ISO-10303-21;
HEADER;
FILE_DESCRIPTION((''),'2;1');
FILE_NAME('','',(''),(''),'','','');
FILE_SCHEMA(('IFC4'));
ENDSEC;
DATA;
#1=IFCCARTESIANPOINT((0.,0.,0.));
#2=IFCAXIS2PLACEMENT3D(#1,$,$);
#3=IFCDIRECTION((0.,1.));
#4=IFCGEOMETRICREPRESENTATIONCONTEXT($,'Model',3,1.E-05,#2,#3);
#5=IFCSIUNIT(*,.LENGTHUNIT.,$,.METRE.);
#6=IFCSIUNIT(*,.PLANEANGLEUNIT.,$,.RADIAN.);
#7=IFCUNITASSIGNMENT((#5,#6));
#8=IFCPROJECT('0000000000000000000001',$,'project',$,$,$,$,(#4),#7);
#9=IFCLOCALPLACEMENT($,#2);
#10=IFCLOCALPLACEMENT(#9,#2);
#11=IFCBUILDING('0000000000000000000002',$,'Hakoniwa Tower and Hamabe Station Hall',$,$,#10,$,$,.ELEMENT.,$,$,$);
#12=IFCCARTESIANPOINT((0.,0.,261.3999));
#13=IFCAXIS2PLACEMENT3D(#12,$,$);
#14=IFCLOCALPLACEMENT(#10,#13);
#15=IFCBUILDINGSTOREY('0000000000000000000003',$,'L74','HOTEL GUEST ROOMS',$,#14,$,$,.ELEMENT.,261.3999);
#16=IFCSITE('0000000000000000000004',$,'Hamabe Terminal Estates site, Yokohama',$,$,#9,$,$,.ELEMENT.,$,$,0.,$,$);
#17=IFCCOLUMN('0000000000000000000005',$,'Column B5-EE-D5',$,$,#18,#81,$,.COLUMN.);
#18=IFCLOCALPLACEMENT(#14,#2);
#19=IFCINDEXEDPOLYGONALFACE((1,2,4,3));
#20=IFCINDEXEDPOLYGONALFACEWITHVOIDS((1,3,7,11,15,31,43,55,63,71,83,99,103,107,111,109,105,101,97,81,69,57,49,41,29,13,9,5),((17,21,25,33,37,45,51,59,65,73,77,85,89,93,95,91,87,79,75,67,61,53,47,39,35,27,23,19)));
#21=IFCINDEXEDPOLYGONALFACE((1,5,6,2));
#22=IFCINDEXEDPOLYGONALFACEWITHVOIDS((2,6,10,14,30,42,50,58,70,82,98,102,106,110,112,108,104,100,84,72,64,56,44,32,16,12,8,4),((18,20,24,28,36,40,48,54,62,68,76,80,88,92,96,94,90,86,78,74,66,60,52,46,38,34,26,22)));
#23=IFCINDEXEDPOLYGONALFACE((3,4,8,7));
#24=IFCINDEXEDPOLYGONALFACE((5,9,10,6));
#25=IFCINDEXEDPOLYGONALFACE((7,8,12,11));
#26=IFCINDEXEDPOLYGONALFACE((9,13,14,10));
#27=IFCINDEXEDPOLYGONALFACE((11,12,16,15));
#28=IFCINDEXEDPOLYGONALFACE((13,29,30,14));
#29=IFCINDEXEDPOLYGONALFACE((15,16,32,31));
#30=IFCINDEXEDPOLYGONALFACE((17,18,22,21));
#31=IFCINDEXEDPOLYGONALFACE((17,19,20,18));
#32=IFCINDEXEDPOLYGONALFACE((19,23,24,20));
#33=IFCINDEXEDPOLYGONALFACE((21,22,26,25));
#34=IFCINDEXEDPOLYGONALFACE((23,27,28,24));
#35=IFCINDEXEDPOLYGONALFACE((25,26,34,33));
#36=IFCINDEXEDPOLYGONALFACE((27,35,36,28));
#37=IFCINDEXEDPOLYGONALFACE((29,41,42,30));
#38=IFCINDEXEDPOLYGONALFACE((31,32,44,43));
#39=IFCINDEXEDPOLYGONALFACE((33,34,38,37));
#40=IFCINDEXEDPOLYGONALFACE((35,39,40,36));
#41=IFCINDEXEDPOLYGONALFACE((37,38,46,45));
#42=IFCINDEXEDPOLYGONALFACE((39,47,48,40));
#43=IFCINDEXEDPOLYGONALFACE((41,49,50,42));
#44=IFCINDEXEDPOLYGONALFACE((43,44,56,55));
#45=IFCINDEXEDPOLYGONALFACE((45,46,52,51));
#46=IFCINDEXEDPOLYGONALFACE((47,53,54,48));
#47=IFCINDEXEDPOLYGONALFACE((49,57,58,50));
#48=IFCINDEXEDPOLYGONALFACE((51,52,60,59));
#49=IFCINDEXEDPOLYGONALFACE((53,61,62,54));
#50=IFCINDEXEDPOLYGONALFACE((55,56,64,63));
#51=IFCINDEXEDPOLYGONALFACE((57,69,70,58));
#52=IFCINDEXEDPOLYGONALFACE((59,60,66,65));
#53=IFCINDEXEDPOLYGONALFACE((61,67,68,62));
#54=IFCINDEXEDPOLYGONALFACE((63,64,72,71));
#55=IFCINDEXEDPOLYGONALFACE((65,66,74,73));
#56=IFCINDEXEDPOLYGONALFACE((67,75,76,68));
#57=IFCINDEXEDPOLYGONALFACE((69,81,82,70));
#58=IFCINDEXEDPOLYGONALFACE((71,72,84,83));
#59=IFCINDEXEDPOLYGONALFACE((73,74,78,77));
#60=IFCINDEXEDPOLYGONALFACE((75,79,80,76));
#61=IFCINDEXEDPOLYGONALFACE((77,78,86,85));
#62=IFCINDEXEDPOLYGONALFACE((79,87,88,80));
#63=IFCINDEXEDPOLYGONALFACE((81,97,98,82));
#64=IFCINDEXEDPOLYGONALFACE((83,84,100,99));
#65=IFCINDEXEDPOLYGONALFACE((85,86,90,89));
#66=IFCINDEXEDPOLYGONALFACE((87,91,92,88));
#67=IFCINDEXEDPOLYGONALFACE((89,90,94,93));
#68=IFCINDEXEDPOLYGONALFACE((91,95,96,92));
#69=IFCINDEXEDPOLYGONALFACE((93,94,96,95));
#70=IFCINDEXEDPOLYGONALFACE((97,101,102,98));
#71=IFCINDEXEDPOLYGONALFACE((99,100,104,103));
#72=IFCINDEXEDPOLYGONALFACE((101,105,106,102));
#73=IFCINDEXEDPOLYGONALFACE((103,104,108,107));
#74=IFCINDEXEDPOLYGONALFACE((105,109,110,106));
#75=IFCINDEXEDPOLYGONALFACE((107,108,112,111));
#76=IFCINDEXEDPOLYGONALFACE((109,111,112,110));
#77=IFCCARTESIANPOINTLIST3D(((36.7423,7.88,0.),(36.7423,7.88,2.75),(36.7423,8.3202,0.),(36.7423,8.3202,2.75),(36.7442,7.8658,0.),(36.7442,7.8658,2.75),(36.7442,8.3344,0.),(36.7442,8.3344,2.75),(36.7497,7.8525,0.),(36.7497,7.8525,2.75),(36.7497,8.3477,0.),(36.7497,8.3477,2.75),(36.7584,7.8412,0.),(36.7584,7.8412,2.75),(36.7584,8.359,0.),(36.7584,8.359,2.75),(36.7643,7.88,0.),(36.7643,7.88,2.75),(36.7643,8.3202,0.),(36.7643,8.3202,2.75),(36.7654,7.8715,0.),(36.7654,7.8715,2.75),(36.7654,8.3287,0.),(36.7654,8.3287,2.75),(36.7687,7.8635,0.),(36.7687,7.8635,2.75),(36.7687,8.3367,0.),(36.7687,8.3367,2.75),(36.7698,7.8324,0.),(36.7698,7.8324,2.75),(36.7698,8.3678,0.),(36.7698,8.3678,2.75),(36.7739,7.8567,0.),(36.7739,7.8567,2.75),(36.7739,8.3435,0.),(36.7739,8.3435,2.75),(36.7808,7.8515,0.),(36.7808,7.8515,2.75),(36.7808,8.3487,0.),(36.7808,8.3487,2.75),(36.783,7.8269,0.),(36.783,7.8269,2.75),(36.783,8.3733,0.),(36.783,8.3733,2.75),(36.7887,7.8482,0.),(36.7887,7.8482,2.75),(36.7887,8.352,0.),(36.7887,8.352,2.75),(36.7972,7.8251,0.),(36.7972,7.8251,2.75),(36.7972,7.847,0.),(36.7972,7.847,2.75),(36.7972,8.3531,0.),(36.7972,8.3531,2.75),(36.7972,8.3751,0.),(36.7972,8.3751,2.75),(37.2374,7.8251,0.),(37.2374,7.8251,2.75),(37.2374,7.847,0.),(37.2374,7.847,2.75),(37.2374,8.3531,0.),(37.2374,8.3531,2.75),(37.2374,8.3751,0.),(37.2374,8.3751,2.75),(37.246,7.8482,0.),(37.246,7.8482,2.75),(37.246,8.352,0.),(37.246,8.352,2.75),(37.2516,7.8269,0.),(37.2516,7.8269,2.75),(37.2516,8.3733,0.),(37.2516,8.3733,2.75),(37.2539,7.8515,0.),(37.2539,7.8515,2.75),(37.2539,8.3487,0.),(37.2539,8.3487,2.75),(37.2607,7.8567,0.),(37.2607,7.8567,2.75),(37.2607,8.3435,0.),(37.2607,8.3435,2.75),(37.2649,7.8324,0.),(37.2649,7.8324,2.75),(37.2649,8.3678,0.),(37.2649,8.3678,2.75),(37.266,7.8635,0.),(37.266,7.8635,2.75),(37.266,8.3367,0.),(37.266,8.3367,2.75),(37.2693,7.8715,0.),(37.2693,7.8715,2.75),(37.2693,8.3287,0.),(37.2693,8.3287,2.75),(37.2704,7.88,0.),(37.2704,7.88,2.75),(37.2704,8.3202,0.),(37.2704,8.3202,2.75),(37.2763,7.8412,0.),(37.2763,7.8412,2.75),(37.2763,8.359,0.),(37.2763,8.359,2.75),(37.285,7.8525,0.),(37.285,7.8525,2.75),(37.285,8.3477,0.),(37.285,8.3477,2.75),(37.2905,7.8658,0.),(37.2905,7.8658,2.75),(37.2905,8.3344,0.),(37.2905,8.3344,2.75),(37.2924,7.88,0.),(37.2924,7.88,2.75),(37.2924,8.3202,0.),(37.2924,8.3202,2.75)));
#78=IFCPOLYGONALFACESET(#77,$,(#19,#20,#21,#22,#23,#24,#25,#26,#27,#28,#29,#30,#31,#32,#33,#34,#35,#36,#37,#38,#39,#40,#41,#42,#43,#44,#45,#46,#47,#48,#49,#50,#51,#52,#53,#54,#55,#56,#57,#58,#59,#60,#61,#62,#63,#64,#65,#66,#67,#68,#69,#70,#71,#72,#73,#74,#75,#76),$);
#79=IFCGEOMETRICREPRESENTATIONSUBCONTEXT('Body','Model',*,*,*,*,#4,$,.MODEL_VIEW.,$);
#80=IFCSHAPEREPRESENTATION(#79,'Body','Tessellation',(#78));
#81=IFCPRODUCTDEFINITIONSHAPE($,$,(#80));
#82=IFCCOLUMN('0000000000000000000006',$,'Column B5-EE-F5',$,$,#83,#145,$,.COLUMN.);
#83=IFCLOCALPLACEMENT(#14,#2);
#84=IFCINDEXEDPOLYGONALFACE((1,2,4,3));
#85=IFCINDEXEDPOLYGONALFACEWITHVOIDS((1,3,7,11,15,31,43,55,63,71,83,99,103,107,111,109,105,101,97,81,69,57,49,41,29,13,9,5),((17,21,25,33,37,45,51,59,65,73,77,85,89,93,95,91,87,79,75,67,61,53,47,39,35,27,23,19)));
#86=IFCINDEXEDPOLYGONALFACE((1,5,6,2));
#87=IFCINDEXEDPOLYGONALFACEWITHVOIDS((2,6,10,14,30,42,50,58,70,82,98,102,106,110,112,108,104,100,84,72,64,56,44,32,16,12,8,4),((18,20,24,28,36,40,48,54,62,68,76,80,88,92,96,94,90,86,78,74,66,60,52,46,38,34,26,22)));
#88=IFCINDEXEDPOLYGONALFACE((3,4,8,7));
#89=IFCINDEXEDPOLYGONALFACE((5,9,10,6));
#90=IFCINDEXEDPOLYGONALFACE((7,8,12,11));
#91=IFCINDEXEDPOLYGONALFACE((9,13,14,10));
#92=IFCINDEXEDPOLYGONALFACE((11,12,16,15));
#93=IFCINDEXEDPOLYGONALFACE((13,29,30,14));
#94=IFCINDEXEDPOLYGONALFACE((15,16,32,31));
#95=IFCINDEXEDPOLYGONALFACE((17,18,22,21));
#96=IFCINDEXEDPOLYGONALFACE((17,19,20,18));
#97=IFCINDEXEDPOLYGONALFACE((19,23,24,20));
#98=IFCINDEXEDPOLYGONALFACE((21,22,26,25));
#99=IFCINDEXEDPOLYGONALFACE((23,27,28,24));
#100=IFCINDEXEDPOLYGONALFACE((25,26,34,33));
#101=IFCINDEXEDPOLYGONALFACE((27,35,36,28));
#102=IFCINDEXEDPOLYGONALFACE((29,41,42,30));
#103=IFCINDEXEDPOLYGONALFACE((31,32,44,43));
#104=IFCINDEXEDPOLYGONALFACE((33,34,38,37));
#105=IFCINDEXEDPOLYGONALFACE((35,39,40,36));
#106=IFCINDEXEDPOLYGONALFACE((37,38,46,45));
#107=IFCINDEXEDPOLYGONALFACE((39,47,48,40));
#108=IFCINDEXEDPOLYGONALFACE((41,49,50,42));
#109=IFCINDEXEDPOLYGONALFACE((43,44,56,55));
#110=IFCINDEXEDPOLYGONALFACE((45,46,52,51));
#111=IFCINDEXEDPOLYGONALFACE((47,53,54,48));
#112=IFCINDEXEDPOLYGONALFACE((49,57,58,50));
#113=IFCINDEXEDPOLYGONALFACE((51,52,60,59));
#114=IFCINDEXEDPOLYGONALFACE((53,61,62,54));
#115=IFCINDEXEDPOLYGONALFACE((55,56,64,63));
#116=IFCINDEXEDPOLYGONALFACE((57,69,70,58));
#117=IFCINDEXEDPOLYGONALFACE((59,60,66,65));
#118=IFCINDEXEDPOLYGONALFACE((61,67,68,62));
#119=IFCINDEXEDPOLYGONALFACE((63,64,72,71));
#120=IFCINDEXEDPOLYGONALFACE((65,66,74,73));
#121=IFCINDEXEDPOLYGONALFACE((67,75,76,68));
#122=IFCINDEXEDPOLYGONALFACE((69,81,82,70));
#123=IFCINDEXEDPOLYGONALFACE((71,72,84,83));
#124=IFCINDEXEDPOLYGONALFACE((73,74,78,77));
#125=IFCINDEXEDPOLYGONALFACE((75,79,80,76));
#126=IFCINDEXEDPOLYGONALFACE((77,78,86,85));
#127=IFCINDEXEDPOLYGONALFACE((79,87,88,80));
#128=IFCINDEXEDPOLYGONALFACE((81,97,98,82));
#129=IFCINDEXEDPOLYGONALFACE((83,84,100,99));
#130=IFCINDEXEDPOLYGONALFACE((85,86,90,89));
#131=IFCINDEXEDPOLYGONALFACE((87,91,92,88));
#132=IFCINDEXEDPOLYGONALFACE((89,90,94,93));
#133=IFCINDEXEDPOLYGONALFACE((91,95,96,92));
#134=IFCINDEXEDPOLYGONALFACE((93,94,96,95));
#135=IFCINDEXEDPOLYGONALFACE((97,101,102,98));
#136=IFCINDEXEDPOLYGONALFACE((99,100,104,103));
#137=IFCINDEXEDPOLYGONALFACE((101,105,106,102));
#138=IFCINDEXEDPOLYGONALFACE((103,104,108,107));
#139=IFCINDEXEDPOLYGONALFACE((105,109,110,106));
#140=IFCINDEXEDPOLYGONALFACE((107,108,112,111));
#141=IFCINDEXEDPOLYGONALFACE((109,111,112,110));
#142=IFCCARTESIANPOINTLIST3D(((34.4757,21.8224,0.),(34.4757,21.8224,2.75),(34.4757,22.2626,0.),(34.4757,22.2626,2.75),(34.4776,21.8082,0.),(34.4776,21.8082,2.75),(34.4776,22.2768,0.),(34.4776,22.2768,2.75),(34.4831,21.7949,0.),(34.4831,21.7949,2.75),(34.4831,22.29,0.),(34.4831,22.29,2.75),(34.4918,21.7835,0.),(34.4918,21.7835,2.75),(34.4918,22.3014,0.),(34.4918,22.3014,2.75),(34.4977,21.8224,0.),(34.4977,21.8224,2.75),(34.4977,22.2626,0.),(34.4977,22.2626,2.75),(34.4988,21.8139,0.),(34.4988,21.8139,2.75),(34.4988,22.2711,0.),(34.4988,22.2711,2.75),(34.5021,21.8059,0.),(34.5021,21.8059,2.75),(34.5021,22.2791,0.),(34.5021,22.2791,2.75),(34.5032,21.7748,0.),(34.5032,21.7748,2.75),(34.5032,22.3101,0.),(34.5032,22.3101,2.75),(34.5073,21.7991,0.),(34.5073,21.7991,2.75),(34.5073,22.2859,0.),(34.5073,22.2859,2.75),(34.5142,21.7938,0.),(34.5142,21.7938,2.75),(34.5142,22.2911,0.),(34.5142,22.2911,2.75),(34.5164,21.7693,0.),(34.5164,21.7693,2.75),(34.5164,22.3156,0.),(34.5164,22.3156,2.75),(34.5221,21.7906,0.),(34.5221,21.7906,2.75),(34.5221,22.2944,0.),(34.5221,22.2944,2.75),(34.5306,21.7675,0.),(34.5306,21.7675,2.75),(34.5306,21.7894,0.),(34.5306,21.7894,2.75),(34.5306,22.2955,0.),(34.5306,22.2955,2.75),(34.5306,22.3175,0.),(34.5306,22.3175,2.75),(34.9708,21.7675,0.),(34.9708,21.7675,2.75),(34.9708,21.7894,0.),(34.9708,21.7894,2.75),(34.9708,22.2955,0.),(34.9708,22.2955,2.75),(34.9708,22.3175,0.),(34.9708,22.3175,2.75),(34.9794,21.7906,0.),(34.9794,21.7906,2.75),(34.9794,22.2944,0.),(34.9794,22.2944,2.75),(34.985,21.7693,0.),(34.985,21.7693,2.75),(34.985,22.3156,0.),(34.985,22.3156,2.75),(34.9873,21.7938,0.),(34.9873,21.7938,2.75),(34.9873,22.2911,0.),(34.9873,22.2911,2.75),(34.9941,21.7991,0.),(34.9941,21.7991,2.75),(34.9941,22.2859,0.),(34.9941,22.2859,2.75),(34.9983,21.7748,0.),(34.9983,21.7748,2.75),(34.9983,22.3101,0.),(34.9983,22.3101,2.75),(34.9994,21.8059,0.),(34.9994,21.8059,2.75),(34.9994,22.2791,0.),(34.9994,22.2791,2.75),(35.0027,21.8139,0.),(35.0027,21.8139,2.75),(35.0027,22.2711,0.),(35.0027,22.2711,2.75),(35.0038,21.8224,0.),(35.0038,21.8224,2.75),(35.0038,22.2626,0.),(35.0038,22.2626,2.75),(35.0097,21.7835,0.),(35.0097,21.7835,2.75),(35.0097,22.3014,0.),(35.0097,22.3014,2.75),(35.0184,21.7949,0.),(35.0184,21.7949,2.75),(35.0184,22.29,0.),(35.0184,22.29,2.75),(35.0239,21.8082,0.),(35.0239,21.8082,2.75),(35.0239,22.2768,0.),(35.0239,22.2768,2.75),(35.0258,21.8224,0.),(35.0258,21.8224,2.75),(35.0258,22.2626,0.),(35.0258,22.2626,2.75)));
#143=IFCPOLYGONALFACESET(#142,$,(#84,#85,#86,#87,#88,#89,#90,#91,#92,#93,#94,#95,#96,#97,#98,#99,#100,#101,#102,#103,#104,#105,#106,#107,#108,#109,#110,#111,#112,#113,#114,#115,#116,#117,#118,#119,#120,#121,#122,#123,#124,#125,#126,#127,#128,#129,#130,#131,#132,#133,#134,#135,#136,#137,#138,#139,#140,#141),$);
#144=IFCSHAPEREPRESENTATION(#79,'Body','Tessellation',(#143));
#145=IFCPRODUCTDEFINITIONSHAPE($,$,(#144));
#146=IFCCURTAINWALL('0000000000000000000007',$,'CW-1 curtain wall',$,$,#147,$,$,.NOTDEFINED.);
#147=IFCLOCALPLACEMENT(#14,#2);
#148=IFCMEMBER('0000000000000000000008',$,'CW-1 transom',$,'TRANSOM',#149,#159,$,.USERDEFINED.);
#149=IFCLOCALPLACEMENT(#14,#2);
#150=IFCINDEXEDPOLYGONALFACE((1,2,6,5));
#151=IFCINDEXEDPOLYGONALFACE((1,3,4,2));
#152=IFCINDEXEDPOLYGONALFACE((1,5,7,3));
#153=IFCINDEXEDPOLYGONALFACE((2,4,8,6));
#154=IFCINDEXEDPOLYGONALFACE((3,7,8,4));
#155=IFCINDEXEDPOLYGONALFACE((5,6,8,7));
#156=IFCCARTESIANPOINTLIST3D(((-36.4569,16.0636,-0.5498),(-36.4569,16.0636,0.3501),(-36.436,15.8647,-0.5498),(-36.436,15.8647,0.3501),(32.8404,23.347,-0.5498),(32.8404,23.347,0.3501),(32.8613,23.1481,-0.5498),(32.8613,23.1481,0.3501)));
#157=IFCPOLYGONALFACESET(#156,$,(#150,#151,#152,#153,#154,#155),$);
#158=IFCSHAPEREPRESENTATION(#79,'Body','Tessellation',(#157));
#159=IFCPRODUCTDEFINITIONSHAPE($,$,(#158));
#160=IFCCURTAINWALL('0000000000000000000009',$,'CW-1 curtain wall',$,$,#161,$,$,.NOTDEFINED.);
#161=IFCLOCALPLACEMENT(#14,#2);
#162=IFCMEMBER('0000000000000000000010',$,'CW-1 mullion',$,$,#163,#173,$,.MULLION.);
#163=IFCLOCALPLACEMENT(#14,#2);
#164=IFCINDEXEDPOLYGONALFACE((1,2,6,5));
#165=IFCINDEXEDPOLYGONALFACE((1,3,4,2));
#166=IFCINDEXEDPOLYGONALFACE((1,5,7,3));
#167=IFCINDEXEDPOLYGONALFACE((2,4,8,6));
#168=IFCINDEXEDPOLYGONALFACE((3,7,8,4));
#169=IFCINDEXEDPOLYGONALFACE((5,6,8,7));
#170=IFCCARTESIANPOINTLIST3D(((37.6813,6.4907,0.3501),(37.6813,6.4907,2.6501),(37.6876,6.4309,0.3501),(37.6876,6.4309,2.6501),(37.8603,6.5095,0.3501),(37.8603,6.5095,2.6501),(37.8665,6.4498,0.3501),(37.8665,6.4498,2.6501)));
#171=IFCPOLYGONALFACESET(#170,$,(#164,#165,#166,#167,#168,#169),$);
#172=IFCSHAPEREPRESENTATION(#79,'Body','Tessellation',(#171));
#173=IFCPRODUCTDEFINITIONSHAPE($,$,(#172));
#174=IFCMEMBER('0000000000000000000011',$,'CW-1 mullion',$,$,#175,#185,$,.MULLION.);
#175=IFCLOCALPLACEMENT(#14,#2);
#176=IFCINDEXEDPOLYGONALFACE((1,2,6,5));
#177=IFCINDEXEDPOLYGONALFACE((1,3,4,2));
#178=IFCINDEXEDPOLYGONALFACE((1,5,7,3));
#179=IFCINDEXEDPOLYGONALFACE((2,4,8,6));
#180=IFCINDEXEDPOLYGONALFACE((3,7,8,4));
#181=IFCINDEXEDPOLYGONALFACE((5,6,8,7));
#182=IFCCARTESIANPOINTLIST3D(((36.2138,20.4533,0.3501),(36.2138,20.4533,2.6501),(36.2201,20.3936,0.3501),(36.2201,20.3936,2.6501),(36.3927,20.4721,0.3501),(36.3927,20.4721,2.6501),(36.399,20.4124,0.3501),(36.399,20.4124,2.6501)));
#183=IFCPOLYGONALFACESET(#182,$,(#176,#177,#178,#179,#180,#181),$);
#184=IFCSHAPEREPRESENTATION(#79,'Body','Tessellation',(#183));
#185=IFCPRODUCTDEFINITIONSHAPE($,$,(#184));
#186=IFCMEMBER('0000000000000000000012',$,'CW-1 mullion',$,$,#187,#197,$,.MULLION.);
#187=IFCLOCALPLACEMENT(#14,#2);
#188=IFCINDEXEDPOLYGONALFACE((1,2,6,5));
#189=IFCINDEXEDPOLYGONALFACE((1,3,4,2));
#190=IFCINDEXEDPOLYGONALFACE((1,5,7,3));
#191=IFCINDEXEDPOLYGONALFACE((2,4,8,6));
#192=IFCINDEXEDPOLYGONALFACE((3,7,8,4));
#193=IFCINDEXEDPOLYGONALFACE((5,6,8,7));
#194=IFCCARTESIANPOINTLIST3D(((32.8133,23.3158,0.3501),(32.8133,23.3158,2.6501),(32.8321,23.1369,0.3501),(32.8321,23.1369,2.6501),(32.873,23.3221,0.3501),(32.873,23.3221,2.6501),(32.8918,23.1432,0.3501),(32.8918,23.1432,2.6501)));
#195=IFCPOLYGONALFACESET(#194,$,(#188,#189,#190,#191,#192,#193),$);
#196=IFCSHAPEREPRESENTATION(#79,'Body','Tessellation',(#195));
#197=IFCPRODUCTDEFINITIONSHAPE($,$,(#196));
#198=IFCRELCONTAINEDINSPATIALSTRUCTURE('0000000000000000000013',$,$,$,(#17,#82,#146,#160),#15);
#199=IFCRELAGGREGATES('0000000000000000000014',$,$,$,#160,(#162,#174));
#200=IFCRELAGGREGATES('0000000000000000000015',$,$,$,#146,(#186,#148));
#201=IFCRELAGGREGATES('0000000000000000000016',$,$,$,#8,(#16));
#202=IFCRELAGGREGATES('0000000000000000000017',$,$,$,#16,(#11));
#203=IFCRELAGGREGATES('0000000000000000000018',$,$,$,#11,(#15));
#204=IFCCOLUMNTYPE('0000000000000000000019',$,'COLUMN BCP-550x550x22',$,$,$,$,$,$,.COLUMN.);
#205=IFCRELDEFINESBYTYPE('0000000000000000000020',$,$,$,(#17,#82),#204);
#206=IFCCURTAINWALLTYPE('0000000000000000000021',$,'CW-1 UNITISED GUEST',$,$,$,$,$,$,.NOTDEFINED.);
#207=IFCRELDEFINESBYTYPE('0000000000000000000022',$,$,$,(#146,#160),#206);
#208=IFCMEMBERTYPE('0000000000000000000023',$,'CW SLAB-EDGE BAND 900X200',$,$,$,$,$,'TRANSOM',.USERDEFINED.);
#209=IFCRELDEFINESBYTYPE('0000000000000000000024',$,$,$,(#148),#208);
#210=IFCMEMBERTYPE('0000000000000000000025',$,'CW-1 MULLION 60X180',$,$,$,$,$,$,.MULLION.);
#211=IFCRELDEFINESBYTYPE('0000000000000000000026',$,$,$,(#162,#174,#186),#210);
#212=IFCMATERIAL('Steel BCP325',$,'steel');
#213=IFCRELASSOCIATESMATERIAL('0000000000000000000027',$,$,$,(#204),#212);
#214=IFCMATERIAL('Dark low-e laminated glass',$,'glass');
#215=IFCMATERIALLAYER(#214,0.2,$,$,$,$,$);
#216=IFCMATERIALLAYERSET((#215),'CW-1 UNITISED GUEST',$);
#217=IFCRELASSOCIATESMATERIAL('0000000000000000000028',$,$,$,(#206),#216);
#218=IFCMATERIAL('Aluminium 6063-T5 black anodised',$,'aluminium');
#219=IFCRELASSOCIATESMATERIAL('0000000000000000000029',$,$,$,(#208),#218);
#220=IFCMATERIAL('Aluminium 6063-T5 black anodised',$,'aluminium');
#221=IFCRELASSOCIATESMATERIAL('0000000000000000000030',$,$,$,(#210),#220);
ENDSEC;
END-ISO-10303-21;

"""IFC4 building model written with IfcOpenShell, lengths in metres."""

from ifc_helpers import new_model, si_unit, direction, frame, origin, origin_2d, place, context, subcontext, project, spatial, rectangle, hollow_rectangle, extrude, material, layer, layer_set, material_profile, profile_set, type_object, element, aggregate, save


model = new_model("IFC4")

# Units and contexts
model_context = context("Model", 3, precision=1e-05, world=origin(), true_north=direction((0.0, 1.0)))
body_context = subcontext(model_context, "Body", "Model", "MODEL_VIEW")
ifc_project = project(units=[si_unit("LENGTHUNIT", "METRE"), si_unit("PLANEANGLEUNIT", "RADIAN")], contexts=[model_context])

# Site, building, storey
site_placement = place(None, origin())
site = spatial("IfcSite", under=ifc_project, at=site_placement, Name="Hamabe Terminal Estates site, Yokohama", CompositionType="ELEMENT", RefElevation=0.0)
building_placement = place(site_placement, origin())
building = spatial("IfcBuilding", under=site, at=building_placement, Name="Hakoniwa Tower and Hamabe Station Hall", CompositionType="ELEMENT")
storey_placement = place(building_placement, frame((0.0, 0.0, 261.3999)))
storey = spatial("IfcBuildingStorey", under=building, at=storey_placement, Name="L74", Description="HOTEL GUEST ROOMS", CompositionType="ELEMENT", Elevation=261.3999)

# Columns
ifc_material_1 = material(Name="Steel BCP325", Category="steel")
ifc_material_profile_1 = material_profile(ifc_material_1, hollow_rectangle(XDim=0.55, YDim=0.55, WallThickness=0.022, InnerFilletRadius=0.033, OuterFilletRadius=0.0549, at=origin_2d()), Name="BCP-550x550x22")
ifc_profile_set_1 = profile_set([ifc_material_profile_1], Name="Steel BCP325")
column_type = type_object("IfcColumnType", Name="COLUMN BCP-550x550x22", PredefinedType="COLUMN", material=ifc_profile_set_1)
for number, where, z_axis, x_axis, name in (
    (1, (37.0173, 8.1001, 0.0), (0.0, 0.0, 1.0), (1.0, 0.0, 0.0), "Column B5-EE-D5"),
    (2, (34.7507, 22.0425, 0.0), (0.0, 0.0, 1.0), (1.0, 0.0, 0.0), "Column B5-EE-F5"),
):
    element("IfcColumn", number, at=place(storey_placement, frame(where, z_axis=z_axis, x_axis=x_axis)), inside=storey, type_object=column_type, Name=name, PredefinedType="COLUMN", context=body_context, shape_type="SweptSolid", body=[
        extrude(hollow_rectangle(XDim=0.55, YDim=0.55, WallThickness=0.022, InnerFilletRadius=0.033, OuterFilletRadius=0.0549, at=origin_2d()), origin(), (0.0, 0.0, 1.0), 2.75),
    ])

# Curtain wall, member
ifc_material_2 = material(Name="Dark low-e laminated glass", Category="glass")
ifc_layer_1 = layer(ifc_material_2, 0.2)
ifc_layer_set_1 = layer_set([ifc_layer_1], Name="CW-1 UNITISED GUEST")
curtain_wall_type = type_object("IfcCurtainWallType", Name="CW-1 UNITISED GUEST", PredefinedType="NOTDEFINED", material=ifc_layer_set_1)
curtain_wall_1_placement = place(storey_placement, origin())
curtain_wall_1 = element("IfcCurtainWall", 3, at=curtain_wall_1_placement, inside=storey, type_object=curtain_wall_type, Name="CW-1 curtain wall", PredefinedType="NOTDEFINED")
ifc_material_3 = material(Name="Aluminium 6063-T5 black anodised", Category="aluminium")
ifc_material_profile_2 = material_profile(ifc_material_3, rectangle(XDim=0.2, YDim=0.8999, at=origin_2d()), Name="CW SLAB-EDGE BAND 900X200")
ifc_profile_set_2 = profile_set([ifc_material_profile_2], Name="Aluminium 6063-T5 black anodised")
member_type_1 = type_object("IfcMemberType", Name="CW SLAB-EDGE BAND 900X200", ElementType="TRANSOM", PredefinedType="USERDEFINED", material=ifc_profile_set_2)
member_1_placement = place(storey_placement, frame((32.8508, 23.2476, -0.0999), z_axis=(-0.994522, -0.104528, 0.0), x_axis=(0.104528, -0.994522, 0.0)))
member_1 = element("IfcMember", 4, at=member_1_placement, type_object=member_type_1, Name="CW-1 transom", ObjectType="TRANSOM", PredefinedType="USERDEFINED", context=body_context, shape_type="SweptSolid", body=[
    extrude(rectangle(XDim=0.2, YDim=0.8999, at=origin_2d()), origin(), (0.0, 0.0, 1.0), 69.679),
])

# Curtain wall, members
curtain_wall_2_placement = place(storey_placement, origin())
curtain_wall_2 = element("IfcCurtainWall", 5, at=curtain_wall_2_placement, inside=storey, type_object=curtain_wall_type, Name="CW-1 curtain wall", PredefinedType="NOTDEFINED")
ifc_material_4 = material(Name="Aluminium 6063-T5 black anodised", Category="aluminium")
ifc_material_profile_3 = material_profile(ifc_material_4, rectangle(XDim=0.0601, YDim=0.1799, at=origin_2d()), Name="CW-1 MULLION 60X180")
ifc_profile_set_3 = profile_set([ifc_material_profile_3], Name="Aluminium 6063-T5 black anodised")
member_type_2 = type_object("IfcMemberType", Name="CW-1 MULLION 60X180", PredefinedType="MULLION", material=ifc_profile_set_3)
member_2_placement = place(storey_placement, frame((37.7739, 6.4702, 0.3501), z_axis=(0.0, 0.0, 1.0), x_axis=(-0.104528, 0.994522, 0.0)))
member_2 = element("IfcMember", 6, at=member_2_placement, type_object=member_type_2, Name="CW-1 mullion", PredefinedType="MULLION", context=body_context, shape_type="SweptSolid", body=[
    extrude(rectangle(XDim=0.0601, YDim=0.1799, at=origin_2d()), origin(), (0.0, 0.0, 1.0), 2.3),
])
member_3_placement = place(storey_placement, frame((36.3064, 20.4329, 0.3501), z_axis=(0.0, 0.0, 1.0), x_axis=(-0.104528, 0.994522, 0.0)))
member_3 = element("IfcMember", 7, at=member_3_placement, type_object=member_type_2, Name="CW-1 mullion", PredefinedType="MULLION", context=body_context, shape_type="SweptSolid", body=[
    extrude(rectangle(XDim=0.0601, YDim=0.1799, at=origin_2d()), origin(), (0.0, 0.0, 1.0), 2.3),
])

# Member
member_4_placement = place(storey_placement, frame((32.8525, 23.2295, 0.3501), z_axis=(0.0, 0.0, 1.0), x_axis=(-0.994522, -0.104528, 0.0)))
member_4 = element("IfcMember", 8, at=member_4_placement, type_object=member_type_2, Name="CW-1 mullion", PredefinedType="MULLION", context=body_context, shape_type="SweptSolid", body=[
    extrude(rectangle(XDim=0.0601, YDim=0.1799, at=origin_2d()), origin(), (0.0, 0.0, 1.0), 2.3),
])

aggregate(curtain_wall_2, [member_2, member_3])
aggregate(curtain_wall_1, [member_4, member_1])

save(model, "model.ifc")
